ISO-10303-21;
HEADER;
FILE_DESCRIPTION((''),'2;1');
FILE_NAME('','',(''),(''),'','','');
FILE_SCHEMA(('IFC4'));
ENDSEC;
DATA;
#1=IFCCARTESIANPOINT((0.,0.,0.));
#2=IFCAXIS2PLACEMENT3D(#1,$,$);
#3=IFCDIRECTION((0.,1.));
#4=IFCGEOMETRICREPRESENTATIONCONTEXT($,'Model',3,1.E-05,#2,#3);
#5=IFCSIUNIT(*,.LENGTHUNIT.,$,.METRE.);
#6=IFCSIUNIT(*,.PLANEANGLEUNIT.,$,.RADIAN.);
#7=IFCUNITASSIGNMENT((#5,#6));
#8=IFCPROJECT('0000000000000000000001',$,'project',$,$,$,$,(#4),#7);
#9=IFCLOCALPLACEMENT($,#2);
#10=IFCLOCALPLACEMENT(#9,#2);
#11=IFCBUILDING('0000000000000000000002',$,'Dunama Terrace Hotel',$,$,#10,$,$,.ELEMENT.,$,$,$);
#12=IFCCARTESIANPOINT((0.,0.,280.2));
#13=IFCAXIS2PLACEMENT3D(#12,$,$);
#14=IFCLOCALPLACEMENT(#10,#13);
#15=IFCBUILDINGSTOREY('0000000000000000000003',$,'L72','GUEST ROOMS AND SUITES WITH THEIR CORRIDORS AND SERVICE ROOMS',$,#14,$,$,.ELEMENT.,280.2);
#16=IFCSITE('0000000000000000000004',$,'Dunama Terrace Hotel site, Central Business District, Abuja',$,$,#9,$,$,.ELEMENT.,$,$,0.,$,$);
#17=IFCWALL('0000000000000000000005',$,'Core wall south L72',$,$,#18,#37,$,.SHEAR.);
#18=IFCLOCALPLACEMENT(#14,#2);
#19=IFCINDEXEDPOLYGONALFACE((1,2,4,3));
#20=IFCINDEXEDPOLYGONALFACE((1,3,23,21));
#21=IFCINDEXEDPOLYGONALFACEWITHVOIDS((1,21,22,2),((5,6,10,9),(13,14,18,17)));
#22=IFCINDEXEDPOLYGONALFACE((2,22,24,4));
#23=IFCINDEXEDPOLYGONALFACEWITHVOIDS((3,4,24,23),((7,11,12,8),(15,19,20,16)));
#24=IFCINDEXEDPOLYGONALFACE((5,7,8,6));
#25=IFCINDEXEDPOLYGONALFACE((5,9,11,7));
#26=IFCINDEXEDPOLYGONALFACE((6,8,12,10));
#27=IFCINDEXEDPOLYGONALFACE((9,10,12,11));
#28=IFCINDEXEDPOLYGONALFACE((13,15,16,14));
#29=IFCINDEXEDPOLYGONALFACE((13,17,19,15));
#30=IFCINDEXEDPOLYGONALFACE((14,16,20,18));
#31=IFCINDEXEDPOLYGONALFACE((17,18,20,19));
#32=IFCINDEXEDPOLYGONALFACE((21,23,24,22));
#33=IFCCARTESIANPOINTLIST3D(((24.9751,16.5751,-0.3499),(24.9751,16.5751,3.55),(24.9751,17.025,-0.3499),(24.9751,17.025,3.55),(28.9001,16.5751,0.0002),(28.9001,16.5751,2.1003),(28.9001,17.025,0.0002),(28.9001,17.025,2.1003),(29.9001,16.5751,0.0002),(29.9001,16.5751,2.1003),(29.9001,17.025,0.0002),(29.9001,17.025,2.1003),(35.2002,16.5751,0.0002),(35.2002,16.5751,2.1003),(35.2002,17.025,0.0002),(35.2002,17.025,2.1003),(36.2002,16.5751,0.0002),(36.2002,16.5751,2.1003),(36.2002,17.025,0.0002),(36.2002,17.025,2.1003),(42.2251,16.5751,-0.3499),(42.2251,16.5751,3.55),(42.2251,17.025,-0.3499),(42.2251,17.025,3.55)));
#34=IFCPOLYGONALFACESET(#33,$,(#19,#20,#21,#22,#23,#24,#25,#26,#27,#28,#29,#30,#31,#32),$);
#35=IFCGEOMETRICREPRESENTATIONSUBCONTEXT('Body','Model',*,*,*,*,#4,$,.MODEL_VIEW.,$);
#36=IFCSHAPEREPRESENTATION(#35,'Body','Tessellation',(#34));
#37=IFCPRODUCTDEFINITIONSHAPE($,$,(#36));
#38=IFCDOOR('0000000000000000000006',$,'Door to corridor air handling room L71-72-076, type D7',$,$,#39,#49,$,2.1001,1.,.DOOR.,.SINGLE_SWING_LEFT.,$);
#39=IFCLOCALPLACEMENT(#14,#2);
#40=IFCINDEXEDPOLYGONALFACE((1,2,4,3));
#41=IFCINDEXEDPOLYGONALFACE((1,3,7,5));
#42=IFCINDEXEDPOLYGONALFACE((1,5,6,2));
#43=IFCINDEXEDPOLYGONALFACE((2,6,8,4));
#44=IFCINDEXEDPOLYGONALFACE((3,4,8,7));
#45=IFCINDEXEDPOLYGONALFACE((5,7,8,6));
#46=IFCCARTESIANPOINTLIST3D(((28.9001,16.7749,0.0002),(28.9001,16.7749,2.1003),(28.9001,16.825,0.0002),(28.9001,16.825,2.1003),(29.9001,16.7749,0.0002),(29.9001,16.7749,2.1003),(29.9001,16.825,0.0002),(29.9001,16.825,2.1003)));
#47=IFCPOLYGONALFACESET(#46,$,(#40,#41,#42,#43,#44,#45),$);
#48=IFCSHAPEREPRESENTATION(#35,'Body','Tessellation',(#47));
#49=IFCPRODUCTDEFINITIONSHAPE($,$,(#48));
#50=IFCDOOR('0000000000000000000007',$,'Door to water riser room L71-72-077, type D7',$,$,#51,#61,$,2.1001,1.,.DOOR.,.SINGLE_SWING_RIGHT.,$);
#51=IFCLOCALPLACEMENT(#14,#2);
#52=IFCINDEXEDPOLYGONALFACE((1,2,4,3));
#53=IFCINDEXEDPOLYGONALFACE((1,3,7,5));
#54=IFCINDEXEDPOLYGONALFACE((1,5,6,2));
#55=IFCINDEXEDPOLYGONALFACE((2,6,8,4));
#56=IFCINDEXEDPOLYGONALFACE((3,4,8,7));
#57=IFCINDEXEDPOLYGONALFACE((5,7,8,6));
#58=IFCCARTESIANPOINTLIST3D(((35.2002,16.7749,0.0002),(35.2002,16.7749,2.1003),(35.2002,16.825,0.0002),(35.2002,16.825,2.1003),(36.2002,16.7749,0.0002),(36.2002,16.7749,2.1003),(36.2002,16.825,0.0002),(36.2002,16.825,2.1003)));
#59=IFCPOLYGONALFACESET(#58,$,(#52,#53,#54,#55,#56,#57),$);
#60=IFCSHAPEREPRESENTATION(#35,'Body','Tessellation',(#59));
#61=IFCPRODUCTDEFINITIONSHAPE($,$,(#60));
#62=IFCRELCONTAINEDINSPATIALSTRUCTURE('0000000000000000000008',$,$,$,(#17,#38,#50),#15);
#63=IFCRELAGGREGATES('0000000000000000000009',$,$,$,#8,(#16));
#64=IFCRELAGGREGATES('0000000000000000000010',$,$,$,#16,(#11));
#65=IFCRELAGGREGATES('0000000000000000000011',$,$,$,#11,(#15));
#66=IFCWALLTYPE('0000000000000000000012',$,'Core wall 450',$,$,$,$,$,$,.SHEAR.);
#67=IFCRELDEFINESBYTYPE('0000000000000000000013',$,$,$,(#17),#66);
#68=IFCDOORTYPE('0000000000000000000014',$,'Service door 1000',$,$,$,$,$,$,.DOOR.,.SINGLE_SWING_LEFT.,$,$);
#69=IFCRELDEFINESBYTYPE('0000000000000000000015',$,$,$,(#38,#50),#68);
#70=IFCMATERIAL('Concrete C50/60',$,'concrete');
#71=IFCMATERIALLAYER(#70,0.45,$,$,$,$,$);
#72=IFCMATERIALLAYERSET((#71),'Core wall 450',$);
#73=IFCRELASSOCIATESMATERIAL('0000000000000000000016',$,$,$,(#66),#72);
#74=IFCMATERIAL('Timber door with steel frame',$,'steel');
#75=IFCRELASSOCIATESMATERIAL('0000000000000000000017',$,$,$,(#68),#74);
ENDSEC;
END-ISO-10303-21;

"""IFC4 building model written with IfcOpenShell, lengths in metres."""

from ifc_helpers import new_model, si_unit, direction, frame, frame_2d, origin, place, context, subcontext, project, spatial, rectangle, extrude, material, layer, layer_set, type_object, element, fill, save


model = new_model("IFC4")

# Units and contexts
model_context = context("Model", 3, precision=1e-05, world=origin(), true_north=direction((0.0, 1.0)))
body_context = subcontext(model_context, "Body", "Model", "MODEL_VIEW")
ifc_project = project(units=[si_unit("LENGTHUNIT", "METRE"), si_unit("PLANEANGLEUNIT", "RADIAN")], contexts=[model_context])

# Site, building, storey
site_placement = place(None, origin())
site = spatial("IfcSite", under=ifc_project, at=site_placement, Name="Dunama Terrace Hotel site, Central Business District, Abuja", CompositionType="ELEMENT", RefElevation=0.0)
building_placement = place(site_placement, origin())
building = spatial("IfcBuilding", under=site, at=building_placement, Name="Dunama Terrace Hotel", CompositionType="ELEMENT")
storey_placement = place(building_placement, frame((0.0, 0.0, 280.2)))
storey = spatial("IfcBuildingStorey", under=building, at=storey_placement, Name="L72", Description="GUEST ROOMS AND SUITES WITH THEIR CORRIDORS AND SERVICE ROOMS", CompositionType="ELEMENT", Elevation=280.2)

# Wall, openings, doors
ifc_material_1 = material(Name="Concrete C50/60", Category="concrete")
ifc_layer_1 = layer(ifc_material_1, 0.45)
ifc_layer_set_1 = layer_set([ifc_layer_1], Name="Core wall 450")
wall_type_1 = type_object("IfcWallType", Name="Core wall 450", PredefinedType="SHEAR", material=ifc_layer_set_1)
wall_1_placement = place(storey_placement, frame((24.9751, 16.8, -0.3499), z_axis=(0.0, 0.0, 1.0), x_axis=(1.0, 0.0, 0.0)))
wall_1 = element("IfcWall", 1, at=wall_1_placement, inside=storey, type_object=wall_type_1, Name="Core wall south L72", PredefinedType="SHEAR", context=body_context, shape_type="SweptSolid", body=[
    extrude(rectangle(XDim=17.25, YDim=0.45, at=frame_2d((8.625, 0.0))), origin(), (0.0, 0.0, 1.0), 3.8999),
])
opening_1_placement = place(wall_1_placement, frame((3.925, 0.0, 0.3501)))
opening_1 = element("IfcOpeningElement", 2, at=opening_1_placement, cuts=wall_1, PredefinedType="OPENING", context=body_context, shape_type="SweptSolid", body=[
    extrude(rectangle(XDim=1.0, YDim=2.1001, at=frame_2d((0.5, 1.05))), frame((0.0, 0.2349, 0.0), z_axis=(0.0, -1.0, 0.0), x_axis=(1.0, 0.0, 0.0)), (0.0, 0.0, 1.0), 0.47),
])
opening_2_placement = place(wall_1_placement, frame((10.2251, 0.0, 0.3501)))
opening_2 = element("IfcOpeningElement", 3, at=opening_2_placement, cuts=wall_1, PredefinedType="OPENING", context=body_context, shape_type="SweptSolid", body=[
    extrude(rectangle(XDim=1.0, YDim=2.1001, at=frame_2d((0.5, 1.05))), frame((0.0, 0.2349, 0.0), z_axis=(0.0, -1.0, 0.0), x_axis=(1.0, 0.0, 0.0)), (0.0, 0.0, 1.0), 0.47),
])
ifc_material_2 = material(Name="Timber door with steel frame", Category="steel")
door_type_1 = type_object("IfcDoorType", Name="Service door 1000", OperationType="SINGLE_SWING_LEFT", PredefinedType="DOOR", material=ifc_material_2)
door_1_placement = place(opening_1_placement, origin())
door_1 = element("IfcDoor", 4, at=door_1_placement, inside=storey, type_object=door_type_1, Name="Door to corridor air handling room L71-72-076, type D7", OperationType="SINGLE_SWING_LEFT", OverallHeight=2.1001, OverallWidth=1.0, PredefinedType="DOOR", context=body_context, shape_type="SweptSolid", body=[
    extrude(rectangle(XDim=1.0, YDim=2.1001, at=frame_2d((0.5, 1.05))), frame((0.0, 0.0249, 0.0), z_axis=(0.0, -1.0, 0.0), x_axis=(1.0, 0.0, 0.0)), (0.0, 0.0, 1.0), 0.05),
])
fill(opening_1, door_1)
door_2_placement = place(opening_2_placement, origin())
door_2 = element("IfcDoor", 5, at=door_2_placement, inside=storey, type_object=door_type_1, Name="Door to water riser room L71-72-077, type D7", OperationType="SINGLE_SWING_RIGHT", OverallHeight=2.1001, OverallWidth=1.0, PredefinedType="DOOR", context=body_context, shape_type="SweptSolid", body=[
    extrude(rectangle(XDim=1.0, YDim=2.1001, at=frame_2d((0.5, 1.05))), frame((0.0, 0.0249, 0.0), z_axis=(0.0, -1.0, 0.0), x_axis=(1.0, 0.0, 0.0)), (0.0, 0.0, 1.0), 0.05),
])
fill(opening_2, door_2)

save(model, "model.ifc")
